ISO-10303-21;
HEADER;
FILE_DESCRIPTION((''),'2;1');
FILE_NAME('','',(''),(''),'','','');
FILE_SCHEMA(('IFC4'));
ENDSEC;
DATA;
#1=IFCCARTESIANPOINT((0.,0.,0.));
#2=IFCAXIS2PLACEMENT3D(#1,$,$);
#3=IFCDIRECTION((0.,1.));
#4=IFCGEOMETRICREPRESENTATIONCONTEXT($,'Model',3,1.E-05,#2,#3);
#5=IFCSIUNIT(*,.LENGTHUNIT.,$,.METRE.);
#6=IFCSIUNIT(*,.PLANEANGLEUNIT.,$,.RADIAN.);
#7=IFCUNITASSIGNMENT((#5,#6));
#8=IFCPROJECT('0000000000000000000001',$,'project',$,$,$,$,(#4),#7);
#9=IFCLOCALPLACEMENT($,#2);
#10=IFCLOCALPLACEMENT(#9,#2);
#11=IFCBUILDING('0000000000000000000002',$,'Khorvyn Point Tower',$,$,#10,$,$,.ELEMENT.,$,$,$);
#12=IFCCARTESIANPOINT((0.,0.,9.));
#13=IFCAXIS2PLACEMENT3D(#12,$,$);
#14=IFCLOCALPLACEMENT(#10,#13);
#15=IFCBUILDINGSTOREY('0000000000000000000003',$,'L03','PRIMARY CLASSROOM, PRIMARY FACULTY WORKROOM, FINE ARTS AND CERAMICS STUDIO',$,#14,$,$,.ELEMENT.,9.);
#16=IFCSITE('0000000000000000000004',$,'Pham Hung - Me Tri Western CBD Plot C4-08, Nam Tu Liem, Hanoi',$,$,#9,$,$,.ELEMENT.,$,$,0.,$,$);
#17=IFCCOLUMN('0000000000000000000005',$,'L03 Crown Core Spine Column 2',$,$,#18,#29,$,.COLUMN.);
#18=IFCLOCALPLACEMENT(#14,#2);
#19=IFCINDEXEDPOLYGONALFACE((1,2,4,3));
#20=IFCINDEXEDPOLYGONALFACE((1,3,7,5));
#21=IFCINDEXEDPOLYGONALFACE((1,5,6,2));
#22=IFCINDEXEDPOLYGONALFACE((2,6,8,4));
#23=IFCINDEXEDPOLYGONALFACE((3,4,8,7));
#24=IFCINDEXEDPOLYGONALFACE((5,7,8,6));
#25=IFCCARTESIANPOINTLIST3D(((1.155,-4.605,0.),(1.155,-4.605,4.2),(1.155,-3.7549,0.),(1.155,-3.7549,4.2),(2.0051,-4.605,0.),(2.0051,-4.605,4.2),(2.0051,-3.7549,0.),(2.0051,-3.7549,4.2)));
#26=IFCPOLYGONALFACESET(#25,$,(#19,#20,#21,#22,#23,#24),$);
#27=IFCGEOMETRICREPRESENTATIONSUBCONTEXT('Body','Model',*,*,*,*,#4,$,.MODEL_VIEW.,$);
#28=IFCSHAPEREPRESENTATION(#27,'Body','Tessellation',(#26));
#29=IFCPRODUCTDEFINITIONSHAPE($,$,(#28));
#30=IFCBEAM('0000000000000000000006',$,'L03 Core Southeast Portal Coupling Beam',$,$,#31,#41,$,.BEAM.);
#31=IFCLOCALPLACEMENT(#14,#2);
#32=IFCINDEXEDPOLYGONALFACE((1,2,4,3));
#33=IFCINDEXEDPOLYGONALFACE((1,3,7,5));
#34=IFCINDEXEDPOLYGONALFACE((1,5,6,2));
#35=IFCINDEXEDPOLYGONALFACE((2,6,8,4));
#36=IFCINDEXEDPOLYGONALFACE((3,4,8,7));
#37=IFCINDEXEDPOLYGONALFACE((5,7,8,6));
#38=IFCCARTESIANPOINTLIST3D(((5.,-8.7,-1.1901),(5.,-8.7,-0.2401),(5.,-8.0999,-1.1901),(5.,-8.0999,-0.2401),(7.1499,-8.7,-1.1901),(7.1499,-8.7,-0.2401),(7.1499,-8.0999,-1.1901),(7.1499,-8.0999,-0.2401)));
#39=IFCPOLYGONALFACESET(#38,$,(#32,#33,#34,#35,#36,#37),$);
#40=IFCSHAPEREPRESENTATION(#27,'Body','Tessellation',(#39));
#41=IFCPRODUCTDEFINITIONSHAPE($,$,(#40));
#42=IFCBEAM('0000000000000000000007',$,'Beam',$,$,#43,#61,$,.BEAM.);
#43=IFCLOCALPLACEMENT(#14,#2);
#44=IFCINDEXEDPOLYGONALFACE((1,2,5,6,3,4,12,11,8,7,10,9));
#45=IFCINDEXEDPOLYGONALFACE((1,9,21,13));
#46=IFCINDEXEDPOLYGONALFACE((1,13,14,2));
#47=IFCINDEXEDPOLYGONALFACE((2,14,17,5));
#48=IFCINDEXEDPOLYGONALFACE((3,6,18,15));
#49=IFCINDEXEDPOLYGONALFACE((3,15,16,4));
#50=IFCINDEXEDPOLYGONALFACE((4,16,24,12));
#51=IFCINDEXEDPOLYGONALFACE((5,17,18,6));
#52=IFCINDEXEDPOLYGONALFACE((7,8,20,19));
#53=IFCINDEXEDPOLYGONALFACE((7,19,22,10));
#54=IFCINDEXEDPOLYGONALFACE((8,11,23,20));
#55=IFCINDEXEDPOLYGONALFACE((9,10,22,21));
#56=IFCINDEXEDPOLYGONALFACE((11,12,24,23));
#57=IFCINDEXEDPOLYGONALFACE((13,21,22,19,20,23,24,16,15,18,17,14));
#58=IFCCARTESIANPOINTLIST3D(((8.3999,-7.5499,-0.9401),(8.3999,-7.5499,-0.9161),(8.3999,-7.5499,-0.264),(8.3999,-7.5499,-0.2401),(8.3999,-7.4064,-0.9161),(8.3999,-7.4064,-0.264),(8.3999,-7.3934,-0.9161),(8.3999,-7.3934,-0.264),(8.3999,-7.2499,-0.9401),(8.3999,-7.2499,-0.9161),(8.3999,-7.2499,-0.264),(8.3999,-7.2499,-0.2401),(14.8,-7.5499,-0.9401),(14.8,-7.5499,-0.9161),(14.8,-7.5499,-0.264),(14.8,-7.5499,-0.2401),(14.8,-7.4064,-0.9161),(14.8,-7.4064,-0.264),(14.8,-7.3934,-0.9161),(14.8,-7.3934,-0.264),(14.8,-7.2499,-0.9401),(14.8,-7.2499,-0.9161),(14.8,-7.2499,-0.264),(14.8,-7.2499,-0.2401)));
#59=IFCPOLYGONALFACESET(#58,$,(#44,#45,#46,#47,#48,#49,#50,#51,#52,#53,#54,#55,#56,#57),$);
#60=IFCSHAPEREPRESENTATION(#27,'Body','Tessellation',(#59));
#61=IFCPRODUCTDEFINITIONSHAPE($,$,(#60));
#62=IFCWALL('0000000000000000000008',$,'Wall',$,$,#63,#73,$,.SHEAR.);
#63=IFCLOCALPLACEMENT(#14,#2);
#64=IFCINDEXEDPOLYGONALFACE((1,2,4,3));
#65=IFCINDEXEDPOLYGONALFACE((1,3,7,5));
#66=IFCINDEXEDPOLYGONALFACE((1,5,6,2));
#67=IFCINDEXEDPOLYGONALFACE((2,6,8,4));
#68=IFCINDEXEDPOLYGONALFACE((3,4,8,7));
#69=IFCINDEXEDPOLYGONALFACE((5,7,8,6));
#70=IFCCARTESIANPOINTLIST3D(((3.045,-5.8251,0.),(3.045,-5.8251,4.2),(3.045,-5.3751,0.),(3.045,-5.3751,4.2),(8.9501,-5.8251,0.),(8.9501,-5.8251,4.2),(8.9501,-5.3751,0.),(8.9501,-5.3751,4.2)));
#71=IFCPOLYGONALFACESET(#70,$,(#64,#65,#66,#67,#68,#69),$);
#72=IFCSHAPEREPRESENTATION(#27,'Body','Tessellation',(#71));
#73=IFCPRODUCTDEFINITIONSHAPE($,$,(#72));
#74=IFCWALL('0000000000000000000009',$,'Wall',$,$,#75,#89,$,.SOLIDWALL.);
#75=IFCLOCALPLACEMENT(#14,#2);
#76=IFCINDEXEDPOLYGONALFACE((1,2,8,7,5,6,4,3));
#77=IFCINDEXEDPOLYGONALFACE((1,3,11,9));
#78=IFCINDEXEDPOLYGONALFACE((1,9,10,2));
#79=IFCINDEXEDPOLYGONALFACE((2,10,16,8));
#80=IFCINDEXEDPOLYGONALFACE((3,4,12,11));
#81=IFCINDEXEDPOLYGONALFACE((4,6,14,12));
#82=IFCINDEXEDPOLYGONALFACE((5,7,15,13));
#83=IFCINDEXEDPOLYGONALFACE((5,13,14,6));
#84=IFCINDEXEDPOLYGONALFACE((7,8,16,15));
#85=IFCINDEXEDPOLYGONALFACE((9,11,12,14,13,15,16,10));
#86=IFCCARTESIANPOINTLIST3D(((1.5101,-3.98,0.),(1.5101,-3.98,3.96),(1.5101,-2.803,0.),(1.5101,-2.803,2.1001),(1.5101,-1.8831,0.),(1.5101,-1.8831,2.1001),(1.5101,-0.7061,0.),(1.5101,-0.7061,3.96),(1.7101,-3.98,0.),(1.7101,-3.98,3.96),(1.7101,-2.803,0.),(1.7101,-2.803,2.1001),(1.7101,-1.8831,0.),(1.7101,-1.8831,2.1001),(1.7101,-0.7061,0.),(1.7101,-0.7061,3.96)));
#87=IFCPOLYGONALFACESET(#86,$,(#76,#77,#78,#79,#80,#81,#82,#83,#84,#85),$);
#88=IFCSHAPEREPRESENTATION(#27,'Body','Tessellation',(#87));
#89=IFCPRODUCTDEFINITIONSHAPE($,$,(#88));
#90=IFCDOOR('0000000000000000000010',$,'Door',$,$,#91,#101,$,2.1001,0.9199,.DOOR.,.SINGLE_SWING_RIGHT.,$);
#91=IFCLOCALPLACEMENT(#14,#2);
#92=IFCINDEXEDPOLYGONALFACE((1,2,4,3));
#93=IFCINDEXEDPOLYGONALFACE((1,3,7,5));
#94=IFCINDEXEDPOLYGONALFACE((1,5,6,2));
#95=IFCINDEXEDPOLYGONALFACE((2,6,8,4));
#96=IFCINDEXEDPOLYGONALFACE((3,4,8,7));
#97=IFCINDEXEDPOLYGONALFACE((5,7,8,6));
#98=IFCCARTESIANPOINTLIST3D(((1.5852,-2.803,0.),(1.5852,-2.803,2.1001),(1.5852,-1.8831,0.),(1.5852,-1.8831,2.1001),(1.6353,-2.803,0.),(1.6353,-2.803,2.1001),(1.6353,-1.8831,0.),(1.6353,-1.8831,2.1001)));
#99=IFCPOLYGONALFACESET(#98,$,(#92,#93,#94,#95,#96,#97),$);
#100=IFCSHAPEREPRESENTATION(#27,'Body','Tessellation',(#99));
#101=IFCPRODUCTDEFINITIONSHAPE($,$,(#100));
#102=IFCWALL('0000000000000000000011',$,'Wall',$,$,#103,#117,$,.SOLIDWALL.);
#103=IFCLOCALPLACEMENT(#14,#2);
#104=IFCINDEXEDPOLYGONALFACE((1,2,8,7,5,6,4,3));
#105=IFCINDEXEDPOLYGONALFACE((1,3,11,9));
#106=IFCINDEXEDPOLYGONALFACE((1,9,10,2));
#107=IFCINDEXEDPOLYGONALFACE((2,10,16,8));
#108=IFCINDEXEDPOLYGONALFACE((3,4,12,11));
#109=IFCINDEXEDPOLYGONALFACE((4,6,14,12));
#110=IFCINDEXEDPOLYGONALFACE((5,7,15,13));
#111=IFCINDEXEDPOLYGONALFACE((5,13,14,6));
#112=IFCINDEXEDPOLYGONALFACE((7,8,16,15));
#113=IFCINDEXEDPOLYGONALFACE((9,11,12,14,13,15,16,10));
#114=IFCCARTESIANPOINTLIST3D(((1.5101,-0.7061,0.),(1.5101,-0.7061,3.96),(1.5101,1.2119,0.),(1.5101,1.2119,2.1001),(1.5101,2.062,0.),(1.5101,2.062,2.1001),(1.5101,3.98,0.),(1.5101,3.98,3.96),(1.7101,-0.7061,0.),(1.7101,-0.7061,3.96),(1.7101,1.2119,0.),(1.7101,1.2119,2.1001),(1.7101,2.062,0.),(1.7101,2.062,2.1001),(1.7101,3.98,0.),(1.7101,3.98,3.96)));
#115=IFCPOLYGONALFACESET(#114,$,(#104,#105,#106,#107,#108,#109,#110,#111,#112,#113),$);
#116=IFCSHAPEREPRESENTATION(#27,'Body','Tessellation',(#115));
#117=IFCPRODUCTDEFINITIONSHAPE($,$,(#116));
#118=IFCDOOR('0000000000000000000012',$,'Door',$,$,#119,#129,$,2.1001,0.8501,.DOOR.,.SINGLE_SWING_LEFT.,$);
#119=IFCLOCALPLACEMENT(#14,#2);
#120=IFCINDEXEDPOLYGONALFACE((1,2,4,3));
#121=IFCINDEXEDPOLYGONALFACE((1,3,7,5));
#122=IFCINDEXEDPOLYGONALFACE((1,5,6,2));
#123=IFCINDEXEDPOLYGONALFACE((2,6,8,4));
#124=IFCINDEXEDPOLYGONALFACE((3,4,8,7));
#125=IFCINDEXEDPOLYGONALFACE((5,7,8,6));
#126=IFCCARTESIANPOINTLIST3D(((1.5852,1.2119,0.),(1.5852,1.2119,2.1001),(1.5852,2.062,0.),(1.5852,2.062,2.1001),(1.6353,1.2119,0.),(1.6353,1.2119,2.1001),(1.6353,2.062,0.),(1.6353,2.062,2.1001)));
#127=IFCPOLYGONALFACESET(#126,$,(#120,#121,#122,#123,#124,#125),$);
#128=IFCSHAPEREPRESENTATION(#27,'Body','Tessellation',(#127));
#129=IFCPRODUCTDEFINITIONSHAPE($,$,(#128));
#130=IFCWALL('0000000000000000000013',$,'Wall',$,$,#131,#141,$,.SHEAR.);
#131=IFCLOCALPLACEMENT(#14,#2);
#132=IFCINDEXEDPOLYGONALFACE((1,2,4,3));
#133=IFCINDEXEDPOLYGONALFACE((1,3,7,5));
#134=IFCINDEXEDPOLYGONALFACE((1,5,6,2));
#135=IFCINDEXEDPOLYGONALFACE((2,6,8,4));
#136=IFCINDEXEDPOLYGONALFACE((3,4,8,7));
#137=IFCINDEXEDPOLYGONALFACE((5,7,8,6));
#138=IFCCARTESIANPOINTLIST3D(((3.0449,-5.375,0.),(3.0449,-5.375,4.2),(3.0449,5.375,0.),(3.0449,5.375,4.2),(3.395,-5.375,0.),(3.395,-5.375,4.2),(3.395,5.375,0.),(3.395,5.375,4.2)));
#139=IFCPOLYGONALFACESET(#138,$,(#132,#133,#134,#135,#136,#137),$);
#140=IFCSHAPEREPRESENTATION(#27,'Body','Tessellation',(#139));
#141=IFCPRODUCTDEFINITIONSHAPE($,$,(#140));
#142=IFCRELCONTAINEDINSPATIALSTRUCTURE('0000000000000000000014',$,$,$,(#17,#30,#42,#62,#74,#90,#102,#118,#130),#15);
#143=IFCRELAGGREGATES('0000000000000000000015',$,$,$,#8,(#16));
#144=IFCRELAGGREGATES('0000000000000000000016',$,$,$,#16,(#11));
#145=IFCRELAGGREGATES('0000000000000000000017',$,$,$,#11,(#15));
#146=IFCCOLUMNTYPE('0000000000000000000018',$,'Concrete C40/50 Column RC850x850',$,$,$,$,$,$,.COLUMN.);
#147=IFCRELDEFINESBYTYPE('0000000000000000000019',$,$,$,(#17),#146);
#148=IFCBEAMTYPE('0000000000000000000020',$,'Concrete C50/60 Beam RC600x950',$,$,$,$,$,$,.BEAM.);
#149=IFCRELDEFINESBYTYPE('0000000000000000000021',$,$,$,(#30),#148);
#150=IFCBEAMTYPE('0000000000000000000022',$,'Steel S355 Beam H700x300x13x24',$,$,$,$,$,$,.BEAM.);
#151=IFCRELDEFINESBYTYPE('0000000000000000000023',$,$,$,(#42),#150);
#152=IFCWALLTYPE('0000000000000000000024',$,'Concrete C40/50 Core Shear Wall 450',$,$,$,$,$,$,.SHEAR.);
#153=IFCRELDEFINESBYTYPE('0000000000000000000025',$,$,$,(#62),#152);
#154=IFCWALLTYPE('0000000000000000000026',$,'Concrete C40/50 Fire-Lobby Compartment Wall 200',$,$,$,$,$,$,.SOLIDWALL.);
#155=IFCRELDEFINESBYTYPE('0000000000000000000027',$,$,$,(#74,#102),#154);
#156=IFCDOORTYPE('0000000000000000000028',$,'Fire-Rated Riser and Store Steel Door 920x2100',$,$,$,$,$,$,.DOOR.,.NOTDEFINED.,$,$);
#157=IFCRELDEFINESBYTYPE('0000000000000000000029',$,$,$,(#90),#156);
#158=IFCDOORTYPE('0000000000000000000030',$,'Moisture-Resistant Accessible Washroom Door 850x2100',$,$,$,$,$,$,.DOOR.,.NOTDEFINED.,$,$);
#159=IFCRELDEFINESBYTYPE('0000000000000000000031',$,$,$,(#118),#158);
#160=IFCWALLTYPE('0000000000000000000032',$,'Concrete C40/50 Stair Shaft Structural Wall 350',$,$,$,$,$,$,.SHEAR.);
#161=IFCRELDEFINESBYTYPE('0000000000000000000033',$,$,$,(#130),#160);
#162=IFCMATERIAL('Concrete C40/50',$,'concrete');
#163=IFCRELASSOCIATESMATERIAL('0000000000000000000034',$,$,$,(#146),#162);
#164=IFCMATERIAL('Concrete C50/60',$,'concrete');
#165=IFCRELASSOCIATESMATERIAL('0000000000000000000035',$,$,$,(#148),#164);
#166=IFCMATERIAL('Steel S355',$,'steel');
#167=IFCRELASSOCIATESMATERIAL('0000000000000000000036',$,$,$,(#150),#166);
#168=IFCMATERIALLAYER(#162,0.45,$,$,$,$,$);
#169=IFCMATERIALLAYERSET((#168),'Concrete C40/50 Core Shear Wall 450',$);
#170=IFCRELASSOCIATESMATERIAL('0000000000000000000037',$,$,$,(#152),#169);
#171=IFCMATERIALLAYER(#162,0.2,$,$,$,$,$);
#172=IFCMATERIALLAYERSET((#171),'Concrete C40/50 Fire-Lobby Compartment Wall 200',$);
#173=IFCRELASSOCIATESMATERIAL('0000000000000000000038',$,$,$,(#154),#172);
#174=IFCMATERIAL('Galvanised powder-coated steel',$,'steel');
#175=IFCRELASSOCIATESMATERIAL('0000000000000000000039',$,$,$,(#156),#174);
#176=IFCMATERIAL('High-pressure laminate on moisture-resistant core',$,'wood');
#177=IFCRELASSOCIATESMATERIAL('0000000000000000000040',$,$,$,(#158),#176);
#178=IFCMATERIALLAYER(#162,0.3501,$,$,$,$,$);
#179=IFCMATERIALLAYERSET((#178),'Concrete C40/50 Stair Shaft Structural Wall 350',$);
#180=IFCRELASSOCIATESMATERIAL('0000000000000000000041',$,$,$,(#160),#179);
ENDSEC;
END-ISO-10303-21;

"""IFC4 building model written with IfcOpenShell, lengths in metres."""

from ifc_helpers import new_model, si_unit, direction, frame, frame_2d, origin, origin_2d, place, context, subcontext, project, spatial, rectangle, i_section, extrude, material, layer, layer_set, material_profile, profile_set, type_object, element, fill, save


model = new_model("IFC4")

# Units and contexts
model_context = context("Model", 3, precision=1e-05, world=origin(), true_north=direction((0.0, 1.0)))
body_context = subcontext(model_context, "Body", "Model", "MODEL_VIEW")
ifc_project = project(units=[si_unit("LENGTHUNIT", "METRE"), si_unit("PLANEANGLEUNIT", "RADIAN")], contexts=[model_context])

# Site, building, storey
site_placement = place(None, origin())
site = spatial("IfcSite", under=ifc_project, at=site_placement, Name="Pham Hung - Me Tri Western CBD Plot C4-08, Nam Tu Liem, Hanoi", CompositionType="ELEMENT", RefElevation=0.0)
building_placement = place(site_placement, origin())
building = spatial("IfcBuilding", under=site, at=building_placement, Name="Khorvyn Point Tower", CompositionType="ELEMENT")
storey_placement = place(building_placement, frame((0.0, 0.0, 9.0)))
storey = spatial("IfcBuildingStorey", under=building, at=storey_placement, Name="L03", Description="PRIMARY CLASSROOM, PRIMARY FACULTY WORKROOM, FINE ARTS AND CERAMICS STUDIO", CompositionType="ELEMENT", Elevation=9.0)

# Column
ifc_material_1 = material(Name="Concrete C40/50", Category="concrete")
ifc_material_profile_1 = material_profile(ifc_material_1, rectangle(XDim=0.8501, YDim=0.8501, at=origin_2d()))
ifc_profile_set_1 = profile_set([ifc_material_profile_1], Name="Concrete C40/50 RC850x850")
column_type = type_object("IfcColumnType", Name="Concrete C40/50 Column RC850x850", PredefinedType="COLUMN", material=ifc_profile_set_1)
column_placement = place(storey_placement, frame((1.5801, -4.1799, 0.0), z_axis=(0.0, 0.0, 1.0), x_axis=(1.0, 0.0, 0.0)))
element("IfcColumn", 1, at=column_placement, inside=storey, type_object=column_type, Name="L03 Crown Core Spine Column 2", PredefinedType="COLUMN", context=body_context, shape_type="SweptSolid", body=[
    extrude(rectangle(XDim=0.8501, YDim=0.8501, at=origin_2d()), origin(), (0.0, 0.0, 1.0), 4.2),
])

# Beams
ifc_material_2 = material(Name="Concrete C50/60", Category="concrete")
ifc_material_profile_2 = material_profile(ifc_material_2, rectangle(XDim=0.6001, YDim=0.95, at=origin_2d()))
ifc_profile_set_2 = profile_set([ifc_material_profile_2], Name="Concrete C50/60 RC600x950")
beam_type_1 = type_object("IfcBeamType", Name="Concrete C50/60 Beam RC600x950", PredefinedType="BEAM", material=ifc_profile_set_2)
beam_1_placement = place(storey_placement, frame((5.0, -8.3999, -0.7151), z_axis=(1.0, 0.0, 0.0), x_axis=(0.0, 1.0, 0.0)))
element("IfcBeam", 2, at=beam_1_placement, inside=storey, type_object=beam_type_1, Name="L03 Core Southeast Portal Coupling Beam", PredefinedType="BEAM", context=body_context, shape_type="SweptSolid", body=[
    extrude(rectangle(XDim=0.6001, YDim=0.95, at=origin_2d()), origin(), (0.0, 0.0, 1.0), 2.1499),
])
ifc_material_3 = material(Name="Steel S355", Category="steel")
ifc_material_profile_3 = material_profile(ifc_material_3, i_section(OverallWidth=0.3, OverallDepth=0.7, WebThickness=0.0129, FlangeThickness=0.0239, at=origin_2d()))
ifc_profile_set_3 = profile_set([ifc_material_profile_3], Name="Steel S355 H700x300x13x24")
beam_type_2 = type_object("IfcBeamType", Name="Steel S355 Beam H700x300x13x24", PredefinedType="BEAM", material=ifc_profile_set_3)
beam_2_placement = place(storey_placement, frame((8.3999, -7.3999, -0.5901), z_axis=(1.0, 0.0, 0.0), x_axis=(0.0, 1.0, 0.0)))
element("IfcBeam", 3, at=beam_2_placement, inside=storey, type_object=beam_type_2, Name="Beam", PredefinedType="BEAM", context=body_context, shape_type="SweptSolid", body=[
    extrude(i_section(OverallWidth=0.3, OverallDepth=0.7, WebThickness=0.0129, FlangeThickness=0.0239, at=origin_2d()), origin(), (0.0, 0.0, 1.0), 6.4001),
])

# Wall
ifc_layer_1 = layer(ifc_material_1, 0.45)
ifc_layer_set_1 = layer_set([ifc_layer_1], Name="Concrete C40/50 Core Shear Wall 450")
wall_type_1 = type_object("IfcWallType", Name="Concrete C40/50 Core Shear Wall 450", PredefinedType="SHEAR", material=ifc_layer_set_1)
wall_1_placement = place(storey_placement, frame((3.0449, -5.6001, 0.0), z_axis=(0.0, 0.0, 1.0), x_axis=(1.0, 0.0, 0.0)))
element("IfcWall", 4, at=wall_1_placement, inside=storey, type_object=wall_type_1, Name="Wall", PredefinedType="SHEAR", context=body_context, shape_type="SweptSolid", body=[
    extrude(rectangle(XDim=5.905, YDim=0.45, at=frame_2d((2.9526, 0.0))), origin(), (0.0, 0.0, 1.0), 4.2),
])

# Walls, openings, doors
ifc_layer_2 = layer(ifc_material_1, 0.2)
ifc_layer_set_2 = layer_set([ifc_layer_2], Name="Concrete C40/50 Fire-Lobby Compartment Wall 200")
wall_type_2 = type_object("IfcWallType", Name="Concrete C40/50 Fire-Lobby Compartment Wall 200", PredefinedType="SOLIDWALL", material=ifc_layer_set_2)
ifc_material_4 = material(Name="Galvanised powder-coated steel", Category="steel")
wall_2_placement = place(storey_placement, frame((1.6101, -3.98, 0.0), z_axis=(0.0, 0.0, 1.0), x_axis=(0.0, 1.0, 0.0)))
wall_2 = element("IfcWall", 5, at=wall_2_placement, inside=storey, type_object=wall_type_2, Name="Wall", PredefinedType="SOLIDWALL", context=body_context, shape_type="SweptSolid", body=[
    extrude(rectangle(XDim=3.2739, YDim=0.2, at=frame_2d((1.637, 0.0))), origin(), (0.0, 0.0, 1.0), 3.96),
])
opening_1_placement = place(wall_2_placement, frame((1.177, 0.0, 0.0)))
opening_1 = element("IfcOpeningElement", 6, at=opening_1_placement, cuts=wall_2, PredefinedType="OPENING", context=body_context, shape_type="SweptSolid", body=[
    extrude(rectangle(XDim=0.9199, YDim=2.1001, at=frame_2d((0.46, 1.05))), frame((0.0, 0.1099, 0.0), z_axis=(0.0, -1.0, 0.0), x_axis=(1.0, 0.0, 0.0)), (0.0, 0.0, 1.0), 0.22),
])
door_type_1 = type_object("IfcDoorType", Name="Fire-Rated Riser and Store Steel Door 920x2100", OperationType="NOTDEFINED", PredefinedType="DOOR", material=ifc_material_4)
door_1_placement = place(opening_1_placement, origin())
door_1 = element("IfcDoor", 7, at=door_1_placement, inside=storey, type_object=door_type_1, Name="Door", OperationType="SINGLE_SWING_RIGHT", OverallHeight=2.1001, OverallWidth=0.9199, PredefinedType="DOOR", context=body_context, shape_type="SweptSolid", body=[
    extrude(rectangle(XDim=0.9199, YDim=2.1001, at=frame_2d((0.46, 1.05))), frame((0.0, 0.0249, 0.0), z_axis=(0.0, -1.0, 0.0), x_axis=(1.0, 0.0, 0.0)), (0.0, 0.0, 1.0), 0.05),
])
fill(opening_1, door_1)
wall_3_placement = place(storey_placement, frame((1.6101, -0.7061, 0.0), z_axis=(0.0, 0.0, 1.0), x_axis=(0.0, 1.0, 0.0)))
wall_3 = element("IfcWall", 8, at=wall_3_placement, inside=storey, type_object=wall_type_2, Name="Wall", PredefinedType="SOLIDWALL", context=body_context, shape_type="SweptSolid", body=[
    extrude(rectangle(XDim=4.686, YDim=0.2, at=frame_2d((2.343, 0.0))), origin(), (0.0, 0.0, 1.0), 3.96),
])
opening_2_placement = place(wall_3_placement, frame((1.918, 0.0, 0.0)))
opening_2 = element("IfcOpeningElement", 9, at=opening_2_placement, cuts=wall_3, PredefinedType="OPENING", context=body_context, shape_type="SweptSolid", body=[
    extrude(rectangle(XDim=0.8501, YDim=2.1001, at=frame_2d((0.425, 1.05))), frame((0.0, 0.1099, 0.0), z_axis=(0.0, -1.0, 0.0), x_axis=(1.0, 0.0, 0.0)), (0.0, 0.0, 1.0), 0.22),
])
ifc_material_5 = material(Name="High-pressure laminate on moisture-resistant core", Category="wood")
door_type_2 = type_object("IfcDoorType", Name="Moisture-Resistant Accessible Washroom Door 850x2100", OperationType="NOTDEFINED", PredefinedType="DOOR", material=ifc_material_5)
door_2_placement = place(opening_2_placement, origin())
door_2 = element("IfcDoor", 10, at=door_2_placement, inside=storey, type_object=door_type_2, Name="Door", OperationType="SINGLE_SWING_LEFT", OverallHeight=2.1001, OverallWidth=0.8501, PredefinedType="DOOR", context=body_context, shape_type="SweptSolid", body=[
    extrude(rectangle(XDim=0.8501, YDim=2.1001, at=frame_2d((0.425, 1.05))), frame((0.0, 0.0249, 0.0), z_axis=(0.0, -1.0, 0.0), x_axis=(1.0, 0.0, 0.0)), (0.0, 0.0, 1.0), 0.05),
])
fill(opening_2, door_2)

# Wall
ifc_layer_3 = layer(ifc_material_1, 0.3501)
ifc_layer_set_3 = layer_set([ifc_layer_3], Name="Concrete C40/50 Stair Shaft Structural Wall 350")
wall_type_3 = type_object("IfcWallType", Name="Concrete C40/50 Stair Shaft Structural Wall 350", PredefinedType="SHEAR", material=ifc_layer_set_3)
wall_4_placement = place(storey_placement, frame((3.22, -5.375, 0.0), z_axis=(0.0, 0.0, 1.0), x_axis=(0.0, 1.0, 0.0)))
element("IfcWall", 11, at=wall_4_placement, inside=storey, type_object=wall_type_3, Name="Wall", PredefinedType="SHEAR", context=body_context, shape_type="SweptSolid", body=[
    extrude(rectangle(XDim=10.75, YDim=0.3501, at=frame_2d((5.375, 0.0))), origin(), (0.0, 0.0, 1.0), 4.2),
])

save(model, "model.ifc")
